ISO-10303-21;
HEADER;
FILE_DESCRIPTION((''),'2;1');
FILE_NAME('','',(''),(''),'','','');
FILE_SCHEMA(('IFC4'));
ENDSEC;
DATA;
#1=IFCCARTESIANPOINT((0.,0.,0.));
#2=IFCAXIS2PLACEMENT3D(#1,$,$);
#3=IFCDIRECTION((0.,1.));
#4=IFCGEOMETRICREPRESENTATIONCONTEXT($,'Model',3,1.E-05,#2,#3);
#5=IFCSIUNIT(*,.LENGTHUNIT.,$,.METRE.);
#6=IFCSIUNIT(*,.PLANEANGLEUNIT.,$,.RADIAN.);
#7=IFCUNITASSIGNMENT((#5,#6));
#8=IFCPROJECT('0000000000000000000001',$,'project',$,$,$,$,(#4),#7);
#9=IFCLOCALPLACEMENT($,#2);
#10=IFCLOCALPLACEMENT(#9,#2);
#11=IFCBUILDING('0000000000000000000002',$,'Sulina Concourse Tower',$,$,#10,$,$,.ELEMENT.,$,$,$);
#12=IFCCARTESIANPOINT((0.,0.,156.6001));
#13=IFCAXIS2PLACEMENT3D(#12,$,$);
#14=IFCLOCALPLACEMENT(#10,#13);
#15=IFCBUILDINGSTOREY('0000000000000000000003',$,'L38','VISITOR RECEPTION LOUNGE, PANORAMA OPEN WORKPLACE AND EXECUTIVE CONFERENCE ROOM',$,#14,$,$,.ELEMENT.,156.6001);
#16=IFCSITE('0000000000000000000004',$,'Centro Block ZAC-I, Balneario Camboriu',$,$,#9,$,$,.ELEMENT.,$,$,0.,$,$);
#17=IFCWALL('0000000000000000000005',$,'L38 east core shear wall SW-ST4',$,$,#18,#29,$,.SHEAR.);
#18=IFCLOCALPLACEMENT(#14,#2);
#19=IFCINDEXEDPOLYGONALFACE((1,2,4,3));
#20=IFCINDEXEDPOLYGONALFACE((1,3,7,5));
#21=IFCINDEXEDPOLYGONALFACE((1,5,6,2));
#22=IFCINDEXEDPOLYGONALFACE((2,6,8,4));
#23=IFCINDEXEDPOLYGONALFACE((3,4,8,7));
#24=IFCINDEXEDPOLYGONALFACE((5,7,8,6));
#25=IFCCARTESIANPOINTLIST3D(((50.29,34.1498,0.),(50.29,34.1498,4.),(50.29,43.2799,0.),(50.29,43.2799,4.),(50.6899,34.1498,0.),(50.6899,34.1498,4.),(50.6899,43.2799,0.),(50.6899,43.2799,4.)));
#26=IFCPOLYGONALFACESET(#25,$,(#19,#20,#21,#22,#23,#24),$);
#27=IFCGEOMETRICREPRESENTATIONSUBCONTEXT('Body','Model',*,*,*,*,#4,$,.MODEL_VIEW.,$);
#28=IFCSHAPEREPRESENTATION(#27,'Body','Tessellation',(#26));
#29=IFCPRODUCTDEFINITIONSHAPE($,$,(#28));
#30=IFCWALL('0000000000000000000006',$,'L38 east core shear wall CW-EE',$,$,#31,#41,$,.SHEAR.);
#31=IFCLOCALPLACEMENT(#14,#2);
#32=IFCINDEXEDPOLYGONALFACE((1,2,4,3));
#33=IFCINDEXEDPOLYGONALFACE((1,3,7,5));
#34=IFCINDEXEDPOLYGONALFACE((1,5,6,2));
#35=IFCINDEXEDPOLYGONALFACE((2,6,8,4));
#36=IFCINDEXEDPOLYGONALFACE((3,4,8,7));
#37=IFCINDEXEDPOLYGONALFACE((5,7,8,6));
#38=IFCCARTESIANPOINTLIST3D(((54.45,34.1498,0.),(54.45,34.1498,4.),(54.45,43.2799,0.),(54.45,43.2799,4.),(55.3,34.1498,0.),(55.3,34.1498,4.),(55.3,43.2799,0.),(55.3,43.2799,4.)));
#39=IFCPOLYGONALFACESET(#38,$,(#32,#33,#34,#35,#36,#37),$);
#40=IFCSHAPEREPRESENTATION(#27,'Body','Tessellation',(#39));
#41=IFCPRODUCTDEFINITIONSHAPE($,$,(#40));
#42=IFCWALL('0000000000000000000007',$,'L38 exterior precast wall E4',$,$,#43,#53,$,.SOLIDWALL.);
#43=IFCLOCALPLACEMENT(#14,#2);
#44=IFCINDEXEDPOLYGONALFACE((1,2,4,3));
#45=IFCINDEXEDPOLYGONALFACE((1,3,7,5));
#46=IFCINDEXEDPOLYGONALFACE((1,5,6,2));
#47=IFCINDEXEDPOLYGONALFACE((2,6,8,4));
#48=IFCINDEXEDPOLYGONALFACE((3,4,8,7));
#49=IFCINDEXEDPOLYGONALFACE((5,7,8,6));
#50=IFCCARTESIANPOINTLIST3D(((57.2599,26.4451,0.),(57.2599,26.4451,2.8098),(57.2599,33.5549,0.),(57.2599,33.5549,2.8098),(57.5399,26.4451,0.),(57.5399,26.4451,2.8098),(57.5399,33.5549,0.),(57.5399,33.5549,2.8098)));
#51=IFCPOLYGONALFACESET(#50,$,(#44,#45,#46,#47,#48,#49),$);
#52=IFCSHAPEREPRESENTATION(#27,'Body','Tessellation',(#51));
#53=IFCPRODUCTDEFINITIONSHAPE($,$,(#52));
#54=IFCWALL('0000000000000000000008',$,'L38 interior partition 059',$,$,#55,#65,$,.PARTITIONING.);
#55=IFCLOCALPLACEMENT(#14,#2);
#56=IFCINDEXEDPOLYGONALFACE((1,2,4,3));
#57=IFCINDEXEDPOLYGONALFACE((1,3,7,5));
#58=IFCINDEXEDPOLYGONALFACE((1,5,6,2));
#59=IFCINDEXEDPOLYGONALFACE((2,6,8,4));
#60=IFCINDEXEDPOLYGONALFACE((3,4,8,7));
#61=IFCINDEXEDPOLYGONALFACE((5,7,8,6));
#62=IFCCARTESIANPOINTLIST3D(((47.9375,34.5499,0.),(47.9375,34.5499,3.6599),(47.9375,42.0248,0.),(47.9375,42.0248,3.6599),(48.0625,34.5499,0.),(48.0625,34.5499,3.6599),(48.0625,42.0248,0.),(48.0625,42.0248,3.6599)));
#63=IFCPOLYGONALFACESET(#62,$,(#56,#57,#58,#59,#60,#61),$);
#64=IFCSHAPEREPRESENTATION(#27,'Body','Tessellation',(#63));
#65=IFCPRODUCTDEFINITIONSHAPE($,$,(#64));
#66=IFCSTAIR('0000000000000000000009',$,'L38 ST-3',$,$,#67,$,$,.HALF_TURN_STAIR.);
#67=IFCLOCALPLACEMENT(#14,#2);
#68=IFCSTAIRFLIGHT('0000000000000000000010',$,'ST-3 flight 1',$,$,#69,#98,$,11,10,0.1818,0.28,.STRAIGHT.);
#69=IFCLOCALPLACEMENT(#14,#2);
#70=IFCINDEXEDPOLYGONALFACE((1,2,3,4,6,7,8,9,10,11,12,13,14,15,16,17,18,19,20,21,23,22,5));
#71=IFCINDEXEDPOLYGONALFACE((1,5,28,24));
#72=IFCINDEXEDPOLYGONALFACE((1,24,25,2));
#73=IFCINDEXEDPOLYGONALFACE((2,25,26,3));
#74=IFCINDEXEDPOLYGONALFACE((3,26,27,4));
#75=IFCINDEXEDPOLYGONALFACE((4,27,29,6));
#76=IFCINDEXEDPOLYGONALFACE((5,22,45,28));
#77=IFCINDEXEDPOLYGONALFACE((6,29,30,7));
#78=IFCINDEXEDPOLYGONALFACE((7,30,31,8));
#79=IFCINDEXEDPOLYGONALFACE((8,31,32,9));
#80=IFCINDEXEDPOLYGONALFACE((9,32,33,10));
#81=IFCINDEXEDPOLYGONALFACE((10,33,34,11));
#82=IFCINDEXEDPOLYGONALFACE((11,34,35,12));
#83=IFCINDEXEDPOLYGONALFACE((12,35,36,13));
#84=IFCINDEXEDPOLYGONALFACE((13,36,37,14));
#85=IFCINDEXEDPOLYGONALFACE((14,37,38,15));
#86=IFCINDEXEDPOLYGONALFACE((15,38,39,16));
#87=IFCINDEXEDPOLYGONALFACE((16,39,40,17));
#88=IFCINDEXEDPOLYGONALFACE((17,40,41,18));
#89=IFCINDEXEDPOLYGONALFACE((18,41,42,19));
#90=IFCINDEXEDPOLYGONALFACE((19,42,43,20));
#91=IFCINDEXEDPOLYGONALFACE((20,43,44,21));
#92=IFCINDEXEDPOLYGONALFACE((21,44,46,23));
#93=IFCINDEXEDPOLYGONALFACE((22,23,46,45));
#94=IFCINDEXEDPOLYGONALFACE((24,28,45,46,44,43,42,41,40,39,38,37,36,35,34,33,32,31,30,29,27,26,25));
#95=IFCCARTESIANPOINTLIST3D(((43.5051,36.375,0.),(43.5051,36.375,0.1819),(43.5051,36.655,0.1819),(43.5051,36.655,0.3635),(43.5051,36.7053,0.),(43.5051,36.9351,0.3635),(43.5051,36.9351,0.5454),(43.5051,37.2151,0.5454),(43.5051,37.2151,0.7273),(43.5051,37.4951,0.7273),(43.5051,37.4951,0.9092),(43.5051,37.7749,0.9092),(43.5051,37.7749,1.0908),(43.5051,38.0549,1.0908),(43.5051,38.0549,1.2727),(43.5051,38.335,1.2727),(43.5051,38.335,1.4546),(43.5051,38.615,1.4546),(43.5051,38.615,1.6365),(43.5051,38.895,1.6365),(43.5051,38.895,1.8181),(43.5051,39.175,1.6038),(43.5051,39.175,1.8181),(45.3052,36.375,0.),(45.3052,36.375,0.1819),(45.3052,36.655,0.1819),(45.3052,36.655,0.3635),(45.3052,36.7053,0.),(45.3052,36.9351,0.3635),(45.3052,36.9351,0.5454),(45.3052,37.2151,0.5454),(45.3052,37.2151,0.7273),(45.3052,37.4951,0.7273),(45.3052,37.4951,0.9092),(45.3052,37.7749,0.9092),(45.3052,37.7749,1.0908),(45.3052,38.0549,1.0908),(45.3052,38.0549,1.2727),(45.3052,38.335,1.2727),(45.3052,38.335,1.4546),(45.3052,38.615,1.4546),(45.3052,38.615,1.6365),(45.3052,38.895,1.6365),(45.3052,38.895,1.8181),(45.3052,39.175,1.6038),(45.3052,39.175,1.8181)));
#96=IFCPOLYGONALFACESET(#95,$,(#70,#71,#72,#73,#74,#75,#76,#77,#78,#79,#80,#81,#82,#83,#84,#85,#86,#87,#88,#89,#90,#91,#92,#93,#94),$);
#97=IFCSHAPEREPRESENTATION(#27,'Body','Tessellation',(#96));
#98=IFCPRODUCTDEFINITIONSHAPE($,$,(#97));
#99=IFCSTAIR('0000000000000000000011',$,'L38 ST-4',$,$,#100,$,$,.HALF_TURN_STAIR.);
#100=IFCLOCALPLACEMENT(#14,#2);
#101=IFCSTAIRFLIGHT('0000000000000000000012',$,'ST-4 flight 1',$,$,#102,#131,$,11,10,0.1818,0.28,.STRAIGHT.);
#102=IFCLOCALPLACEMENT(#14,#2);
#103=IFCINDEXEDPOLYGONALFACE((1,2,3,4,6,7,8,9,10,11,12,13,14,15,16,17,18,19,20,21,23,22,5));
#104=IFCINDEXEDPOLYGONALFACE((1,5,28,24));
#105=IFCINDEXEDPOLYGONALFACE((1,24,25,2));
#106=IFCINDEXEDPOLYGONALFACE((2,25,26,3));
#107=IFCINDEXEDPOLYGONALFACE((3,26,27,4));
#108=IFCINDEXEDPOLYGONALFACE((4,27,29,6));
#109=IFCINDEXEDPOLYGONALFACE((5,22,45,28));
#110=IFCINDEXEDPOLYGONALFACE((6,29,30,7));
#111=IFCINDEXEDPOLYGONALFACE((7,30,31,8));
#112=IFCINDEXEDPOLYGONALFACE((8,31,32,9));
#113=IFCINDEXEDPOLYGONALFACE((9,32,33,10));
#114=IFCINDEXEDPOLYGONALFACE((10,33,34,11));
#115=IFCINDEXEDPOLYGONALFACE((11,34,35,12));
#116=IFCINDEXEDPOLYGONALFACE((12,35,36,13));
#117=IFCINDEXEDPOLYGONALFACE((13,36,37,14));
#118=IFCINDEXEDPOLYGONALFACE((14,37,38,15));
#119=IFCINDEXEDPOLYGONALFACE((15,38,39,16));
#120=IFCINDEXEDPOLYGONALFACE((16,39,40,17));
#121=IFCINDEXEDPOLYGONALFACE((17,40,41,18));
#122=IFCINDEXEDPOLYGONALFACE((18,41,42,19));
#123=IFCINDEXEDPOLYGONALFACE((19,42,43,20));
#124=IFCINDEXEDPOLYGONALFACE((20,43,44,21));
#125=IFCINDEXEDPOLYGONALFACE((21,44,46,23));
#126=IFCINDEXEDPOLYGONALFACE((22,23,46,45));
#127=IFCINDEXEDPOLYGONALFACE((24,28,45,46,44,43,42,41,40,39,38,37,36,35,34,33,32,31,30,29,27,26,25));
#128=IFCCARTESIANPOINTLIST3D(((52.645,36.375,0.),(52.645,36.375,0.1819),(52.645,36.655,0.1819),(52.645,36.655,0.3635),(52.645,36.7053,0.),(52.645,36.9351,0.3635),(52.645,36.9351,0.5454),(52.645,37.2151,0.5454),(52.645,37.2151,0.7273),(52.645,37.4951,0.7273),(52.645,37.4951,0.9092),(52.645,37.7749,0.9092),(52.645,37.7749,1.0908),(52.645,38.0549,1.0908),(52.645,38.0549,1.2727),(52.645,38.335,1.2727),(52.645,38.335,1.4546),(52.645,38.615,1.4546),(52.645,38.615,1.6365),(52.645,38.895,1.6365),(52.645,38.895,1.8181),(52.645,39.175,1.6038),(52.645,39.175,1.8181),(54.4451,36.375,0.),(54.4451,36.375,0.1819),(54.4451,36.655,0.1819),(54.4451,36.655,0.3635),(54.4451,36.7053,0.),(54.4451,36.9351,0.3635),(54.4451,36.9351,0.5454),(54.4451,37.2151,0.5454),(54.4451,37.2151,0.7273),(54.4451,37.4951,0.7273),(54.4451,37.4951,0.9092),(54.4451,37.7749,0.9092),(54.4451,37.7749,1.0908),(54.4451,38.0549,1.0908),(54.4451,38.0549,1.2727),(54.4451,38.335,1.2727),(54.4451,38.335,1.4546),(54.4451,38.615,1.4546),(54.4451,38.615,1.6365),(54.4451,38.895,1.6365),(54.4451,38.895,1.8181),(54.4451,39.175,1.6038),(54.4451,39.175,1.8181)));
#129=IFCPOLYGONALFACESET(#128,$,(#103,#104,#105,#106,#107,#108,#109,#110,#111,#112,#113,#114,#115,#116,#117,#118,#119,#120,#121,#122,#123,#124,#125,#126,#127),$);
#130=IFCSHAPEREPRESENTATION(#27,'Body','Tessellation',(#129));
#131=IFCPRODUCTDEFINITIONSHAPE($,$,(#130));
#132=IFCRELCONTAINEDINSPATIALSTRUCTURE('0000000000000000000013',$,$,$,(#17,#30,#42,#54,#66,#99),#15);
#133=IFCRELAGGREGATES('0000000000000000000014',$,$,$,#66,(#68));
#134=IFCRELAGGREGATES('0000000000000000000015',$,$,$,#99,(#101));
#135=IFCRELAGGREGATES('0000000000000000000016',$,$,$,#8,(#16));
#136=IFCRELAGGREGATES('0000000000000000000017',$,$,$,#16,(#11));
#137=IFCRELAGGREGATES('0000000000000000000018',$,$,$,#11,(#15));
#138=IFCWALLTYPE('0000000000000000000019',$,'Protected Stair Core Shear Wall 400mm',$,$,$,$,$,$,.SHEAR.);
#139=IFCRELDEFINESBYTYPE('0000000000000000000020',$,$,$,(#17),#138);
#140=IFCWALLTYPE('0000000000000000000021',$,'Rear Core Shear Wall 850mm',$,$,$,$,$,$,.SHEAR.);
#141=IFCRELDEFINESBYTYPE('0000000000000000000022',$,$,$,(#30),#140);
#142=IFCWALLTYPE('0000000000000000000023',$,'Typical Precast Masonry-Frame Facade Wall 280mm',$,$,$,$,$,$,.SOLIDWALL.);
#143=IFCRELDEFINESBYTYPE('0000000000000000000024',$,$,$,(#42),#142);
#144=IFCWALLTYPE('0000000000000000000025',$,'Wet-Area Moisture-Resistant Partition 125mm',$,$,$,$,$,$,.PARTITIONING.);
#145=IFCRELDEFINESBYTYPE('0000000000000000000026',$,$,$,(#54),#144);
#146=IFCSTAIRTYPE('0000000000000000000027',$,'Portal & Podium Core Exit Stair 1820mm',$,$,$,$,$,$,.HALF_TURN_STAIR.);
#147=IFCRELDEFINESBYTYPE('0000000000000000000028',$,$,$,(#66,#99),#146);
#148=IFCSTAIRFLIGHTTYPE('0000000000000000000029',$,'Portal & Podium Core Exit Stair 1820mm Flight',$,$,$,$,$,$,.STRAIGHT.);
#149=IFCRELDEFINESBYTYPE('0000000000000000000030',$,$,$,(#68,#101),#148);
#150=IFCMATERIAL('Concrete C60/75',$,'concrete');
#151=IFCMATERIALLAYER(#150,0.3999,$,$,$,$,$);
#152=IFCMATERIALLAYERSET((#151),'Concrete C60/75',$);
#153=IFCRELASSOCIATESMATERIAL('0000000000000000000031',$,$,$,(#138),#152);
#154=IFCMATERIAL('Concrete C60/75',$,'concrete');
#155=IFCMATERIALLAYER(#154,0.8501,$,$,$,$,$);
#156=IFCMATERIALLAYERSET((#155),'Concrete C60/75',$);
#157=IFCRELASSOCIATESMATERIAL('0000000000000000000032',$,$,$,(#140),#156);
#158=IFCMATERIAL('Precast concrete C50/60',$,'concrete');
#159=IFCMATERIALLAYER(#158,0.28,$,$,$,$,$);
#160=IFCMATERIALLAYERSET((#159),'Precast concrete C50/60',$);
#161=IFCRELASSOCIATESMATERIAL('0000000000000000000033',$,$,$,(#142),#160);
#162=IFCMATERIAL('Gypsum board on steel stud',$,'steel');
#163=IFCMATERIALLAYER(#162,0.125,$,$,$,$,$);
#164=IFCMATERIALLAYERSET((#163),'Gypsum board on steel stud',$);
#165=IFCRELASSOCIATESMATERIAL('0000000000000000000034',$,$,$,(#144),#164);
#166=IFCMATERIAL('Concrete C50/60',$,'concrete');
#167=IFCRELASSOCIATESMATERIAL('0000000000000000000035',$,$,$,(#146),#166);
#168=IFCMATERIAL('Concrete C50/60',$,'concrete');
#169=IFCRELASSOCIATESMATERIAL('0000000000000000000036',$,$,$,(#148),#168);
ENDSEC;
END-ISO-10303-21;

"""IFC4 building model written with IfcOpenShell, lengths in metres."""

from ifc_helpers import new_model, si_unit, direction, frame, frame_2d, origin, place, context, subcontext, project, spatial, polyline, rectangle, outline, extrude, material, layer, layer_set, type_object, element, aggregate, save


model = new_model("IFC4")

# Units and contexts
model_context = context("Model", 3, precision=1e-05, world=origin(), true_north=direction((0.0, 1.0)))
body_context = subcontext(model_context, "Body", "Model", "MODEL_VIEW")
ifc_project = project(units=[si_unit("LENGTHUNIT", "METRE"), si_unit("PLANEANGLEUNIT", "RADIAN")], contexts=[model_context])

# Site, building, storey
site_placement = place(None, origin())
site = spatial("IfcSite", under=ifc_project, at=site_placement, Name="Centro Block ZAC-I, Balneario Camboriu", CompositionType="ELEMENT", RefElevation=0.0)
building_placement = place(site_placement, origin())
building = spatial("IfcBuilding", under=site, at=building_placement, Name="Sulina Concourse Tower", CompositionType="ELEMENT")
storey_placement = place(building_placement, frame((0.0, 0.0, 156.6001)))
storey = spatial("IfcBuildingStorey", under=building, at=storey_placement, Name="L38", Description="VISITOR RECEPTION LOUNGE, PANORAMA OPEN WORKPLACE AND EXECUTIVE CONFERENCE ROOM", CompositionType="ELEMENT", Elevation=156.6001)

# Shared definitions
ifc_material_1 = material(Name="Concrete C60/75", Category="concrete")
ifc_layer_1 = layer(ifc_material_1, 0.3999)
ifc_layer_set_1 = layer_set([ifc_layer_1], Name="Concrete C60/75")
wall_type_1 = type_object("IfcWallType", Name="Protected Stair Core Shear Wall 400mm", PredefinedType="SHEAR", material=ifc_layer_set_1)

# Walls
wall_1_placement = place(storey_placement, frame((50.49, 34.1499, 0.0), z_axis=(0.0, 0.0, 1.0), x_axis=(0.0, 1.0, 0.0)))
element("IfcWall", 1, at=wall_1_placement, inside=storey, type_object=wall_type_1, Name="L38 east core shear wall SW-ST4", PredefinedType="SHEAR", context=body_context, shape_type="SweptSolid", body=[
    extrude(rectangle(XDim=9.1301, YDim=0.3999, at=frame_2d((4.5649, 0.0))), origin(), (0.0, 0.0, 1.0), 4.0),
])
ifc_material_2 = material(Name="Concrete C60/75", Category="concrete")
ifc_layer_2 = layer(ifc_material_2, 0.8501)
ifc_layer_set_2 = layer_set([ifc_layer_2], Name="Concrete C60/75")
wall_type_2 = type_object("IfcWallType", Name="Rear Core Shear Wall 850mm", PredefinedType="SHEAR", material=ifc_layer_set_2)
wall_2_placement = place(storey_placement, frame((54.875, 34.1499, 0.0), z_axis=(0.0, 0.0, 1.0), x_axis=(0.0, 1.0, 0.0)))
element("IfcWall", 2, at=wall_2_placement, inside=storey, type_object=wall_type_2, Name="L38 east core shear wall CW-EE", PredefinedType="SHEAR", context=body_context, shape_type="SweptSolid", body=[
    extrude(rectangle(XDim=9.1301, YDim=0.8501, at=frame_2d((4.5649, 0.0))), origin(), (0.0, 0.0, 1.0), 4.0),
])
ifc_material_3 = material(Name="Precast concrete C50/60", Category="concrete")
ifc_layer_3 = layer(ifc_material_3, 0.28)
ifc_layer_set_3 = layer_set([ifc_layer_3], Name="Precast concrete C50/60")
wall_type_3 = type_object("IfcWallType", Name="Typical Precast Masonry-Frame Facade Wall 280mm", PredefinedType="SOLIDWALL", material=ifc_layer_set_3)
wall_3_placement = place(storey_placement, frame((57.3999, 33.5549, 0.0), z_axis=(0.0, 0.0, 1.0), x_axis=(0.0, -1.0, 0.0)))
element("IfcWall", 3, at=wall_3_placement, inside=storey, type_object=wall_type_3, Name="L38 exterior precast wall E4", PredefinedType="SOLIDWALL", context=body_context, shape_type="SweptSolid", body=[
    extrude(rectangle(XDim=7.1099, YDim=0.28, at=frame_2d((3.5549, 0.0))), origin(), (0.0, 0.0, 1.0), 2.8098),
])
ifc_material_4 = material(Name="Gypsum board on steel stud", Category="steel")
ifc_layer_4 = layer(ifc_material_4, 0.125)
ifc_layer_set_4 = layer_set([ifc_layer_4], Name="Gypsum board on steel stud")
wall_type_4 = type_object("IfcWallType", Name="Wet-Area Moisture-Resistant Partition 125mm", PredefinedType="PARTITIONING", material=ifc_layer_set_4)
wall_4_placement = place(storey_placement, frame((48.0, 34.55, 0.0), z_axis=(0.0, 0.0, 1.0), x_axis=(0.0, 1.0, 0.0)))
element("IfcWall", 4, at=wall_4_placement, inside=storey, type_object=wall_type_4, Name="L38 interior partition 059", PredefinedType="PARTITIONING", context=body_context, shape_type="SweptSolid", body=[
    extrude(rectangle(XDim=7.4749, YDim=0.125, at=frame_2d((3.7373, 0.0))), origin(), (0.0, 0.0, 1.0), 3.6599),
])

# Stairs, stair flights
ifc_material_5 = material(Name="Concrete C50/60", Category="concrete")
stair_type = type_object("IfcStairType", Name="Portal & Podium Core Exit Stair 1820mm", PredefinedType="HALF_TURN_STAIR", material=ifc_material_5)
stair_1_placement = place(storey_placement, origin())
stair_1 = element("IfcStair", 5, at=stair_1_placement, inside=storey, type_object=stair_type, Name="L38 ST-3", PredefinedType="HALF_TURN_STAIR")
ifc_material_6 = material(Name="Concrete C50/60", Category="concrete")
stair_flight_type = type_object("IfcStairFlightType", Name="Portal & Podium Core Exit Stair 1820mm Flight", PredefinedType="STRAIGHT", material=ifc_material_6)
stair_flight_1_placement = place(storey_placement, frame((44.405, 36.375, 0.0), z_axis=(0.0, 0.0, 1.0), x_axis=(0.0, 1.0, 0.0)))
stair_flight_1 = element("IfcStairFlight", 6, at=stair_flight_1_placement, type_object=stair_flight_type, Name="ST-3 flight 1", NumberOfRisers=11, NumberOfTreads=10, PredefinedType="STRAIGHT", RiserHeight=0.1818, TreadLength=0.28, context=body_context, shape_type="SweptSolid", body=[
    extrude(outline(polyline([(0.0, 0.0), (0.0, 0.1819), (0.28, 0.1819), (0.28, 0.3635), (0.5601, 0.3635), (0.5601, 0.5454), (0.8401, 0.5454), (0.8401, 0.7273), (1.1201, 0.7273), (1.1201, 0.9092), (1.3999, 0.9092), (1.3999, 1.0908), (1.6799, 1.0908), (1.6799, 1.2727), (1.96, 1.2727), (1.96, 1.4546), (2.24, 1.4546), (2.24, 1.6365), (2.52, 1.6365), (2.52, 1.8181), (2.8, 1.8181), (2.8, 2.0), (2.8, 1.6038), (0.3303, 0.0), (0.0, 0.0)])), frame((0.0, 0.8999, 0.0), z_axis=(0.0, -1.0, 0.0), x_axis=(1.0, 0.0, 0.0)), (0.0, 0.0, 1.0), 1.8),
])
aggregate(stair_1, [stair_flight_1])
stair_2_placement = place(storey_placement, origin())
stair_2 = element("IfcStair", 7, at=stair_2_placement, inside=storey, type_object=stair_type, Name="L38 ST-4", PredefinedType="HALF_TURN_STAIR")
stair_flight_2_placement = place(storey_placement, frame((53.5449, 36.375, 0.0), z_axis=(0.0, 0.0, 1.0), x_axis=(0.0, 1.0, 0.0)))
stair_flight_2 = element("IfcStairFlight", 8, at=stair_flight_2_placement, type_object=stair_flight_type, Name="ST-4 flight 1", NumberOfRisers=11, NumberOfTreads=10, PredefinedType="STRAIGHT", RiserHeight=0.1818, TreadLength=0.28, context=body_context, shape_type="SweptSolid", body=[
    extrude(outline(polyline([(0.0, 0.0), (0.0, 0.1819), (0.28, 0.1819), (0.28, 0.3635), (0.5601, 0.3635), (0.5601, 0.5454), (0.8401, 0.5454), (0.8401, 0.7273), (1.1201, 0.7273), (1.1201, 0.9092), (1.3999, 0.9092), (1.3999, 1.0908), (1.6799, 1.0908), (1.6799, 1.2727), (1.96, 1.2727), (1.96, 1.4546), (2.24, 1.4546), (2.24, 1.6365), (2.52, 1.6365), (2.52, 1.8181), (2.8, 1.8181), (2.8, 2.0), (2.8, 1.6038), (0.3303, 0.0), (0.0, 0.0)])), frame((0.0, 0.8999, 0.0), z_axis=(0.0, -1.0, 0.0), x_axis=(1.0, 0.0, 0.0)), (0.0, 0.0, 1.0), 1.8),
])
aggregate(stair_2, [stair_flight_2])

save(model, "model.ifc")
